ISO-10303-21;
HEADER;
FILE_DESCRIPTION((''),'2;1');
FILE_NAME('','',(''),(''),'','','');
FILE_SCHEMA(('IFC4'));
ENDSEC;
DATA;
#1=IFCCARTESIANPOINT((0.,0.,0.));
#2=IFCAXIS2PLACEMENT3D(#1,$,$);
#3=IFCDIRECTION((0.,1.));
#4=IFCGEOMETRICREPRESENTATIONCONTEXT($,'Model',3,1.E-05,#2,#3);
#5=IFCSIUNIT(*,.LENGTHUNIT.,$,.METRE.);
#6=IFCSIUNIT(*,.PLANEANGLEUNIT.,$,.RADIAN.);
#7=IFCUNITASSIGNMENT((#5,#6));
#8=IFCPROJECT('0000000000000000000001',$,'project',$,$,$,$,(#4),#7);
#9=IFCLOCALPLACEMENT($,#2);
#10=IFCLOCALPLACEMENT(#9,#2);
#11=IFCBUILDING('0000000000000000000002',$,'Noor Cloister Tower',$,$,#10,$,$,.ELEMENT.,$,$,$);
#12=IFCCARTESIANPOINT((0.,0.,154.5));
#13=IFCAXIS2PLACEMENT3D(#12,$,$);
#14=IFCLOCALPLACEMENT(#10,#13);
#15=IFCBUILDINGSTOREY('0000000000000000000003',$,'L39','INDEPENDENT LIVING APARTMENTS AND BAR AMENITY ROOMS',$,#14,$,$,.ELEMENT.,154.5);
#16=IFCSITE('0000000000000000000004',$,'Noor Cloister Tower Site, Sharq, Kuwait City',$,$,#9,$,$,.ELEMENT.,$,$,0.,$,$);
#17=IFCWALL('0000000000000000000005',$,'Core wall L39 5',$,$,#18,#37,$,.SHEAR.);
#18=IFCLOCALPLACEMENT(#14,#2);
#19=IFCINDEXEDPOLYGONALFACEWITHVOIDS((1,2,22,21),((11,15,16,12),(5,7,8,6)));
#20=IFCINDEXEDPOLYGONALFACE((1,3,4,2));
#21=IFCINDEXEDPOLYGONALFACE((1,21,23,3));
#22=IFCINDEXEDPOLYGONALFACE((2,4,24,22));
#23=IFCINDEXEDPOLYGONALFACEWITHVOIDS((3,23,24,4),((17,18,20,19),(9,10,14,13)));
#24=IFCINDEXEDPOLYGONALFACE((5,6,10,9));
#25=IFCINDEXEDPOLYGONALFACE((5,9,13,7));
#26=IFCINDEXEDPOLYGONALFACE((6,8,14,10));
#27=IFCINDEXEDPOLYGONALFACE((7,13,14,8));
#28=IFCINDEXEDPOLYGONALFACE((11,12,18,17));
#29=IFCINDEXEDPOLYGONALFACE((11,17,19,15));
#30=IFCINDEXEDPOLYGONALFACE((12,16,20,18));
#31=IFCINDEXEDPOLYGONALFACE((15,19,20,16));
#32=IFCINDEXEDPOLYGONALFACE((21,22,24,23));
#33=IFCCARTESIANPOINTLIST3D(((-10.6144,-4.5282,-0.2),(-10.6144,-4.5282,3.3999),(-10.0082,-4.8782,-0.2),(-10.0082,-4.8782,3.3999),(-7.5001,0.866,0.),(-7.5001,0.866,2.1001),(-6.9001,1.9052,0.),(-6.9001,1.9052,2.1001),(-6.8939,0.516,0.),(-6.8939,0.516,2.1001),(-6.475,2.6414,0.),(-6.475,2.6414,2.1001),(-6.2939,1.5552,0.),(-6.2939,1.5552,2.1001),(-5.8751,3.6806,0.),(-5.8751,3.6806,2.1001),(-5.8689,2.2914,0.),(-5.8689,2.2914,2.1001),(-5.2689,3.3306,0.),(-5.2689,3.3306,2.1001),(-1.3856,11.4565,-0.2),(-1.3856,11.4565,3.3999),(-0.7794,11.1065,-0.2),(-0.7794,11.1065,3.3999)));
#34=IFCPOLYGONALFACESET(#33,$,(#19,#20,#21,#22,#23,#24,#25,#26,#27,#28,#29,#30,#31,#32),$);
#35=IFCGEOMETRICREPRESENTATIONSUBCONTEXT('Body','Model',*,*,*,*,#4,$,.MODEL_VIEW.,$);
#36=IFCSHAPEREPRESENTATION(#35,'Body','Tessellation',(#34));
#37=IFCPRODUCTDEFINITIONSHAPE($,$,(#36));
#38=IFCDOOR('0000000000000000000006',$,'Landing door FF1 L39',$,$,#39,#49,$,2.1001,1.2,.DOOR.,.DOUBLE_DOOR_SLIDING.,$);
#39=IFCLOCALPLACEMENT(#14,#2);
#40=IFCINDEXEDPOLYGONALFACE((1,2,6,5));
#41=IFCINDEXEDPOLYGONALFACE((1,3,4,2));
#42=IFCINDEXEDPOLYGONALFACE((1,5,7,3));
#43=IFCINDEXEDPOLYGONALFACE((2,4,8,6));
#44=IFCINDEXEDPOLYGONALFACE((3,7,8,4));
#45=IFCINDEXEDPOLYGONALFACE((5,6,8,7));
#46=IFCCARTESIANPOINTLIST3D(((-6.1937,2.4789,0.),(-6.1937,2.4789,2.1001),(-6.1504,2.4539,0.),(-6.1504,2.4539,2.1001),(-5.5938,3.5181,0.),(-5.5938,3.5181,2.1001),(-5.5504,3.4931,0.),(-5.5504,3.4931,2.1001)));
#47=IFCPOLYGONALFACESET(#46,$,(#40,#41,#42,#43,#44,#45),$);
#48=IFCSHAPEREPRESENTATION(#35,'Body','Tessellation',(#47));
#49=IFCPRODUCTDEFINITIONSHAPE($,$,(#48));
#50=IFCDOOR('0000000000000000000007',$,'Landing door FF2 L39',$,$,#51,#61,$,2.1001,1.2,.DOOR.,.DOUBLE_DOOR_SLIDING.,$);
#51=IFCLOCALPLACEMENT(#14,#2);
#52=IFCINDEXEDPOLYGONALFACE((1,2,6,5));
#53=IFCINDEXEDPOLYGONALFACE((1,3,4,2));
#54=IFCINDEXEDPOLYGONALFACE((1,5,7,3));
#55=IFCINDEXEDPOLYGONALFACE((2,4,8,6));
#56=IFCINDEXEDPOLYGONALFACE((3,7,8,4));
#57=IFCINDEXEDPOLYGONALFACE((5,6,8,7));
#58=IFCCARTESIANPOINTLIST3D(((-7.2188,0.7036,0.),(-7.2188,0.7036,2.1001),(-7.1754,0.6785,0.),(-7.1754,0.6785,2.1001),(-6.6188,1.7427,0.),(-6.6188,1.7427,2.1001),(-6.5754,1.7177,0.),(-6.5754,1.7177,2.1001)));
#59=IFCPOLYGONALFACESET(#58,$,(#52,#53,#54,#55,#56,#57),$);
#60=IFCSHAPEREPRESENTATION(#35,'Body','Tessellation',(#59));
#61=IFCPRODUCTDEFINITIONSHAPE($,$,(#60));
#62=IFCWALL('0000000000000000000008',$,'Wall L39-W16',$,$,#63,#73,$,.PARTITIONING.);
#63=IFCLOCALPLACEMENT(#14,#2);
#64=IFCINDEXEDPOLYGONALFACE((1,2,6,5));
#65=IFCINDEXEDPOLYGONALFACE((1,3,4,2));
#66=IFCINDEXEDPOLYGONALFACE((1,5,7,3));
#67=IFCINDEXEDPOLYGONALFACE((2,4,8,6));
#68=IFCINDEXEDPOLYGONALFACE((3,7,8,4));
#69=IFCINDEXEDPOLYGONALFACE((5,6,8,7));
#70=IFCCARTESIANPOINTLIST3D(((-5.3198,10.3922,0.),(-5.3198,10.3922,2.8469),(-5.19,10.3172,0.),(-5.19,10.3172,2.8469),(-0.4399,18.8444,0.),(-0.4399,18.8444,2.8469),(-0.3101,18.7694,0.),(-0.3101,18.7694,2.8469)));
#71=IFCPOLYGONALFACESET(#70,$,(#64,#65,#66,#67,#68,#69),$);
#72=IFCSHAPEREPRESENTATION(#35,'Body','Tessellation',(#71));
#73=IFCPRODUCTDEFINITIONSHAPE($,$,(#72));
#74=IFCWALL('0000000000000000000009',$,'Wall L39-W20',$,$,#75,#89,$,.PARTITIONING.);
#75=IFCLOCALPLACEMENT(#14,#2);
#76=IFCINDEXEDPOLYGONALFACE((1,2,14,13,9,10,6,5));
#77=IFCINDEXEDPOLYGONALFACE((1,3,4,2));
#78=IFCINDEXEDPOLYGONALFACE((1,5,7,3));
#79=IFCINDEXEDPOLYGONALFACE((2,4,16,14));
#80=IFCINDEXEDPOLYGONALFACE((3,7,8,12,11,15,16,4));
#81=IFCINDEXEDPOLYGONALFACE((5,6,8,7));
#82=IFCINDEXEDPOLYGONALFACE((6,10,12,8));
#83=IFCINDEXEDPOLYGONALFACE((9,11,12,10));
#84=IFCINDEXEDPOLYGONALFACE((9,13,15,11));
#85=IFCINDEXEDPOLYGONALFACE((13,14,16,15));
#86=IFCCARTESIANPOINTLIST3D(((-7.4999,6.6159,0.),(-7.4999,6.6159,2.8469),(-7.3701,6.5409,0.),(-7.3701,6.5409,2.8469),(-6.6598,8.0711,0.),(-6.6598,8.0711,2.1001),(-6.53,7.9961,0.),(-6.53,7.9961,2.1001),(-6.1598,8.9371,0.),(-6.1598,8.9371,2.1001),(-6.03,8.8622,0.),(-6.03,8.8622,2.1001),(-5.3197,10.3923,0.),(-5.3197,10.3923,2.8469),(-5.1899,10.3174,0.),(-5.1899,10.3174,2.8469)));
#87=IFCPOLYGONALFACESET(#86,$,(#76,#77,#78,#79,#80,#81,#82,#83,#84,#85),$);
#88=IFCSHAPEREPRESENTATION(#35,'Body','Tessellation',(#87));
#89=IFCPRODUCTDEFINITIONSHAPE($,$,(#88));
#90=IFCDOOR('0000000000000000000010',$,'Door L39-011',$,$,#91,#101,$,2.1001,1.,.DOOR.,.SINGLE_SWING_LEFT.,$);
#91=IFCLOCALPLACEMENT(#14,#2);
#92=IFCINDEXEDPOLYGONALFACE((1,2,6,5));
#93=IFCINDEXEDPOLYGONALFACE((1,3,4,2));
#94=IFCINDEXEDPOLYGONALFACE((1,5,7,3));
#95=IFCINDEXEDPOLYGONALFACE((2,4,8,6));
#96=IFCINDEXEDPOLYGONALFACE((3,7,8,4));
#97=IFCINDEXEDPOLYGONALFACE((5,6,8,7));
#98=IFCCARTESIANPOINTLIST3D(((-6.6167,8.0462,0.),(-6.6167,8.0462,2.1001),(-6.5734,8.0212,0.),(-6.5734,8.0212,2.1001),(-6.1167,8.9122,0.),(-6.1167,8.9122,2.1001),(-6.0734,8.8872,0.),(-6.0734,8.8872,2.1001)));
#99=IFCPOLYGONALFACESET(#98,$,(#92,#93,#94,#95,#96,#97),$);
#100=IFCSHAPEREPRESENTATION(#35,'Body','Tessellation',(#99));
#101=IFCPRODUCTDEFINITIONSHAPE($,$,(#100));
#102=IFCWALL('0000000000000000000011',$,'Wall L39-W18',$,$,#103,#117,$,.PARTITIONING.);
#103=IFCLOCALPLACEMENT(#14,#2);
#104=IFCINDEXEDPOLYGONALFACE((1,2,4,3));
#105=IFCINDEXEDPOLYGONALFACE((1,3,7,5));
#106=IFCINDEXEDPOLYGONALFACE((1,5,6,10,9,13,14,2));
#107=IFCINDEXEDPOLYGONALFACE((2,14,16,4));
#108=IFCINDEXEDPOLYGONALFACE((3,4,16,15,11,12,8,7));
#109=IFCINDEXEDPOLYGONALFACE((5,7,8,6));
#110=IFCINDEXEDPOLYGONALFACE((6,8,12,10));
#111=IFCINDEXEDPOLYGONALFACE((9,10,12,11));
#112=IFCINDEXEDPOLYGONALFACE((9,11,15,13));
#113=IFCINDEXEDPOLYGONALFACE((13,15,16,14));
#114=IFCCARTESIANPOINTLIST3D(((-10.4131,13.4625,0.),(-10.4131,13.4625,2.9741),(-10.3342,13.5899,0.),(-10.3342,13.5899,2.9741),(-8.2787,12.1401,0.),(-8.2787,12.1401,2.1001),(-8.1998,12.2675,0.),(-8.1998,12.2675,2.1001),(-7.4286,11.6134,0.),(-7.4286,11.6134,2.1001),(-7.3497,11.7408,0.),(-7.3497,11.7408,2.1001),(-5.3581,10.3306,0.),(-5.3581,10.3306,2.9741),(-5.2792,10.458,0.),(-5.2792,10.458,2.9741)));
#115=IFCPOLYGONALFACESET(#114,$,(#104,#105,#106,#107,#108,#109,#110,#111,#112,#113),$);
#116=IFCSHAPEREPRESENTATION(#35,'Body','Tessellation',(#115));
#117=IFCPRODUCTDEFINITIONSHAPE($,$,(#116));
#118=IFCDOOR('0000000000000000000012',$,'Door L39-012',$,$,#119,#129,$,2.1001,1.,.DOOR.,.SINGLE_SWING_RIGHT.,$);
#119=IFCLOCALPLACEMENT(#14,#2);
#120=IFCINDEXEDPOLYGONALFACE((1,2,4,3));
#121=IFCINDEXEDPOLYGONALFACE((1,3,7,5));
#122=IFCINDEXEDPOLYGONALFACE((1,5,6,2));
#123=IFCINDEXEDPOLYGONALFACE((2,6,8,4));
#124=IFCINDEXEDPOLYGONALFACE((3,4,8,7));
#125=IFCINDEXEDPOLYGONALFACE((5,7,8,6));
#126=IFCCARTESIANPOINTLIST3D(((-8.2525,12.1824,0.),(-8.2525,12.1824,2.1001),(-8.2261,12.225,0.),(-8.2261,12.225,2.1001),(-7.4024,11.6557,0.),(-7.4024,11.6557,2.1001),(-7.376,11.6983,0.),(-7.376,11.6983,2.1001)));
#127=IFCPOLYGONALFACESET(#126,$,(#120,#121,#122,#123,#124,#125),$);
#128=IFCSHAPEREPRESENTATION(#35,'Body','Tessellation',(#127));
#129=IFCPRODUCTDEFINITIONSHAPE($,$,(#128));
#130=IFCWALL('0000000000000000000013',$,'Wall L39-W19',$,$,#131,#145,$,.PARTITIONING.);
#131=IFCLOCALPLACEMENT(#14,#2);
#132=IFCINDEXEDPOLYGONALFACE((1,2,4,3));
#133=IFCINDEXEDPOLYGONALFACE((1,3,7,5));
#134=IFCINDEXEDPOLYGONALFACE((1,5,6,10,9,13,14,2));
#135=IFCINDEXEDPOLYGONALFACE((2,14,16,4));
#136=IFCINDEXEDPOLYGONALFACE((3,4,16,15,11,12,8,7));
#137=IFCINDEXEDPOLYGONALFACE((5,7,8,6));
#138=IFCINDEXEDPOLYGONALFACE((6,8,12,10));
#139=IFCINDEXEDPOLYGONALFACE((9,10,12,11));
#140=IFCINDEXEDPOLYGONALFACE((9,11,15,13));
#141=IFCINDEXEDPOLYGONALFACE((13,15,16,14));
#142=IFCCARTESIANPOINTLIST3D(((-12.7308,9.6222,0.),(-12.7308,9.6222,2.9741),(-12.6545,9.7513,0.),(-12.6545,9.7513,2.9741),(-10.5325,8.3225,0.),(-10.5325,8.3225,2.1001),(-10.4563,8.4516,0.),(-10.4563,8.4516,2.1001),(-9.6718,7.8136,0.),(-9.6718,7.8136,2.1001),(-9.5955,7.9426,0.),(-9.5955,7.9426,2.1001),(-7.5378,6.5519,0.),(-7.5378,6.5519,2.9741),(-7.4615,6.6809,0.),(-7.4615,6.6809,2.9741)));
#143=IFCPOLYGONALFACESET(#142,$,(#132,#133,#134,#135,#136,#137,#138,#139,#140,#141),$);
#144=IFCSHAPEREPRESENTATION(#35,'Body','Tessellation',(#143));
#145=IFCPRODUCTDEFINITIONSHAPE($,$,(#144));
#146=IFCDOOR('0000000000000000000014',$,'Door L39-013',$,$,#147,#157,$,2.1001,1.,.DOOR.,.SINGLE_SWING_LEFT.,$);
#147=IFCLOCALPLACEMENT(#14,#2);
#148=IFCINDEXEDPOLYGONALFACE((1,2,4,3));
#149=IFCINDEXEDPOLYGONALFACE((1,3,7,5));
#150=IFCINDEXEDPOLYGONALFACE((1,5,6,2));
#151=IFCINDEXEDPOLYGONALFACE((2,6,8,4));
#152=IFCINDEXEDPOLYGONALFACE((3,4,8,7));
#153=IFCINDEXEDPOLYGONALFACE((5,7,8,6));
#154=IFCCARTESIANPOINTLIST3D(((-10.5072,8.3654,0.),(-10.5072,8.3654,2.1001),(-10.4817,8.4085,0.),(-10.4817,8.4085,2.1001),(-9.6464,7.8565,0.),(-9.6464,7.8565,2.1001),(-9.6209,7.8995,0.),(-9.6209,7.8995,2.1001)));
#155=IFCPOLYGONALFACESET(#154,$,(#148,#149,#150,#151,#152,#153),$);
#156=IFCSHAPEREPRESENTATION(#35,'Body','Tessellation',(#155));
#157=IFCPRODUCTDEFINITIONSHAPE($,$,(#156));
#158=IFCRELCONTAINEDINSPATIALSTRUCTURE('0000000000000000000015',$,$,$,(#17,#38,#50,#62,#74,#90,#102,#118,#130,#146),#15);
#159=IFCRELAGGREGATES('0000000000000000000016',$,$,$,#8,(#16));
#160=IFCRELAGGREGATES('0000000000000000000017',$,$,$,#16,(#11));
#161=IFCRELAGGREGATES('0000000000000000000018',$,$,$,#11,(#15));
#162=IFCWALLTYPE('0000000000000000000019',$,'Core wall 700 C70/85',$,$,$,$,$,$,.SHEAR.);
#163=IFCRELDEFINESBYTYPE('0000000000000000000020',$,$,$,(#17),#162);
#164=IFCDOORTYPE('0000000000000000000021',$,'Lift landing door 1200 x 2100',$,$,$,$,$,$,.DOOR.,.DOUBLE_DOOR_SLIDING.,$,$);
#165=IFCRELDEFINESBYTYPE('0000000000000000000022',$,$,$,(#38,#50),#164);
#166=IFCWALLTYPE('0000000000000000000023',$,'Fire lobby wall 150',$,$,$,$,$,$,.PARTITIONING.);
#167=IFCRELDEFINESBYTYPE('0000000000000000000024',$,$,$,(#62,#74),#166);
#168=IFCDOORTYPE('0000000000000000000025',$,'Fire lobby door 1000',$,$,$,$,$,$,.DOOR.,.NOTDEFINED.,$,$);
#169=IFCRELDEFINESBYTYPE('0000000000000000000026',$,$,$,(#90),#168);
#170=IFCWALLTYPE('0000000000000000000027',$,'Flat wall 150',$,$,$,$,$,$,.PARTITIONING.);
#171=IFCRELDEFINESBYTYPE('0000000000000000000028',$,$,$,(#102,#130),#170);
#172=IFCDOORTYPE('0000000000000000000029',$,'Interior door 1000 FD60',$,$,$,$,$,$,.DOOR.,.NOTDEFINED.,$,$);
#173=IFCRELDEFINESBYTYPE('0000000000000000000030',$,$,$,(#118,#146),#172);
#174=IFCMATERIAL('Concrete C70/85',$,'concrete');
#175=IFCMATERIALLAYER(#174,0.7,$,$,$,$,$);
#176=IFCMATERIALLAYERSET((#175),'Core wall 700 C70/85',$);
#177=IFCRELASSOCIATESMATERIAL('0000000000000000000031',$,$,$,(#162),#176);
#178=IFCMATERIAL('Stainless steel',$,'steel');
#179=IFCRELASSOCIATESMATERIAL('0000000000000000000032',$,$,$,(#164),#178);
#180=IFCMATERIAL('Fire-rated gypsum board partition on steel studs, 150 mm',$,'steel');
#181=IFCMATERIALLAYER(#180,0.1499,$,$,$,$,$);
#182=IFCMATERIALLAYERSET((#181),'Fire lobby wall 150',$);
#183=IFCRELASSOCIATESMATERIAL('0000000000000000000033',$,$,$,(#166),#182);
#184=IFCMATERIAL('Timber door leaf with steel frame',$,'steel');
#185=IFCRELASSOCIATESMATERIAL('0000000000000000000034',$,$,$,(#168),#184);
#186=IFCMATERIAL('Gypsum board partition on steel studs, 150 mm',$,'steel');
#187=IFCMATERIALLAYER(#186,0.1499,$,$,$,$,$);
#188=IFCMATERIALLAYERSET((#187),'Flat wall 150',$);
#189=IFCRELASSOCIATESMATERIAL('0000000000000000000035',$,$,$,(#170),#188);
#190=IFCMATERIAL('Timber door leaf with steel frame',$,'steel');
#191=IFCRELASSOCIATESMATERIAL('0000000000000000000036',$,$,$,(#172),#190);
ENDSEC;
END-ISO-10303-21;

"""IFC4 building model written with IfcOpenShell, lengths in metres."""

from ifc_helpers import new_model, si_unit, direction, frame, frame_2d, origin, place, context, subcontext, project, spatial, rectangle, extrude, material, layer, layer_set, type_object, element, fill, save


model = new_model("IFC4")

# Units and contexts
model_context = context("Model", 3, precision=1e-05, world=origin(), true_north=direction((0.0, 1.0)))
body_context = subcontext(model_context, "Body", "Model", "MODEL_VIEW")
ifc_project = project(units=[si_unit("LENGTHUNIT", "METRE"), si_unit("PLANEANGLEUNIT", "RADIAN")], contexts=[model_context])

# Site, building, storey
site_placement = place(None, origin())
site = spatial("IfcSite", under=ifc_project, at=site_placement, Name="Noor Cloister Tower Site, Sharq, Kuwait City", CompositionType="ELEMENT", RefElevation=0.0)
building_placement = place(site_placement, origin())
building = spatial("IfcBuilding", under=site, at=building_placement, Name="Noor Cloister Tower", CompositionType="ELEMENT")
storey_placement = place(building_placement, frame((0.0, 0.0, 154.5)))
storey = spatial("IfcBuildingStorey", under=building, at=storey_placement, Name="L39", Description="INDEPENDENT LIVING APARTMENTS AND BAR AMENITY ROOMS", CompositionType="ELEMENT", Elevation=154.5)

# Wall, openings, doors
ifc_material_1 = material(Name="Concrete C70/85", Category="concrete")
ifc_layer_1 = layer(ifc_material_1, 0.7)
ifc_layer_set_1 = layer_set([ifc_layer_1], Name="Core wall 700 C70/85")
wall_type_1 = type_object("IfcWallType", Name="Core wall 700 C70/85", PredefinedType="SHEAR", material=ifc_layer_set_1)
wall_1_placement = place(storey_placement, frame((-1.0825, 11.2815, -0.2), z_axis=(0.0, 0.0, 1.0), x_axis=(-0.500001, -0.866025, 0.0)))
wall_1 = element("IfcWall", 1, at=wall_1_placement, inside=storey, type_object=wall_type_1, Name="Core wall L39 5", PredefinedType="SHEAR", context=body_context, shape_type="SweptSolid", body=[
    extrude(rectangle(XDim=18.4575, YDim=0.7, at=frame_2d((9.2288, 0.0))), origin(), (0.0, 0.0, 1.0), 3.5999),
])
opening_1_placement = place(wall_1_placement, frame((8.9788, 0.0, 0.2)))
opening_1 = element("IfcOpeningElement", 2, at=opening_1_placement, cuts=wall_1, PredefinedType="OPENING", context=body_context, shape_type="SweptSolid", body=[
    extrude(rectangle(XDim=1.2, YDim=2.1001, at=frame_2d((0.6001, 1.05))), frame((0.0, 0.3599, 0.0), z_axis=(0.0, -1.0, 0.0), x_axis=(1.0, 0.0, 0.0)), (0.0, 0.0, 1.0), 0.72),
])
opening_2_placement = place(wall_1_placement, frame((11.0288, 0.0, 0.2)))
opening_2 = element("IfcOpeningElement", 3, at=opening_2_placement, cuts=wall_1, PredefinedType="OPENING", context=body_context, shape_type="SweptSolid", body=[
    extrude(rectangle(XDim=1.2, YDim=2.1001, at=frame_2d((0.6001, 1.05))), frame((0.0, 0.3599, 0.0), z_axis=(0.0, -1.0, 0.0), x_axis=(1.0, 0.0, 0.0)), (0.0, 0.0, 1.0), 0.72),
])
ifc_material_2 = material(Name="Stainless steel", Category="steel")
door_type_1 = type_object("IfcDoorType", Name="Lift landing door 1200 x 2100", OperationType="DOUBLE_DOOR_SLIDING", PredefinedType="DOOR", material=ifc_material_2)
door_1_placement = place(opening_1_placement, origin())
door_1 = element("IfcDoor", 4, at=door_1_placement, inside=storey, type_object=door_type_1, Name="Landing door FF1 L39", OperationType="DOUBLE_DOOR_SLIDING", OverallHeight=2.1001, OverallWidth=1.2, PredefinedType="DOOR", context=body_context, shape_type="SweptSolid", body=[
    extrude(rectangle(XDim=1.2, YDim=2.1001, at=frame_2d((0.6001, 1.05))), frame((0.0, 0.0249, 0.0), z_axis=(0.0, -1.0, 0.0), x_axis=(1.0, 0.0, 0.0)), (0.0, 0.0, 1.0), 0.05),
])
fill(opening_1, door_1)
door_2_placement = place(opening_2_placement, origin())
door_2 = element("IfcDoor", 5, at=door_2_placement, inside=storey, type_object=door_type_1, Name="Landing door FF2 L39", OperationType="DOUBLE_DOOR_SLIDING", OverallHeight=2.1001, OverallWidth=1.2, PredefinedType="DOOR", context=body_context, shape_type="SweptSolid", body=[
    extrude(rectangle(XDim=1.2, YDim=2.1001, at=frame_2d((0.6001, 1.05))), frame((0.0, 0.0249, 0.0), z_axis=(0.0, -1.0, 0.0), x_axis=(1.0, 0.0, 0.0)), (0.0, 0.0, 1.0), 0.05),
])
fill(opening_2, door_2)

# Wall
ifc_material_3 = material(Name="Fire-rated gypsum board partition on steel studs, 150 mm", Category="steel")
ifc_layer_2 = layer(ifc_material_3, 0.1499)
ifc_layer_set_2 = layer_set([ifc_layer_2], Name="Fire lobby wall 150")
wall_type_2 = type_object("IfcWallType", Name="Fire lobby wall 150", PredefinedType="PARTITIONING", material=ifc_layer_set_2)
wall_2_placement = place(storey_placement, frame((-0.375, 18.8069, 0.0), z_axis=(0.0, 0.0, 1.0), x_axis=(-0.500003, -0.866024, 0.0)))
element("IfcWall", 6, at=wall_2_placement, inside=storey, type_object=wall_type_2, Name="Wall L39-W16", PredefinedType="PARTITIONING", context=body_context, shape_type="SweptSolid", body=[
    extrude(rectangle(XDim=9.7598, YDim=0.1499, at=frame_2d((4.8799, 0.0))), origin(), (0.0, 0.0, 1.0), 2.8469),
])

# Walls, openings, doors
wall_3_placement = place(storey_placement, frame((-5.2549, 10.3547, 0.0), z_axis=(0.0, 0.0, 1.0), x_axis=(-0.499981, -0.866036, 0.0)))
wall_3 = element("IfcWall", 7, at=wall_3_placement, inside=storey, type_object=wall_type_2, Name="Wall L39-W20", PredefinedType="PARTITIONING", context=body_context, shape_type="SweptSolid", body=[
    extrude(rectangle(XDim=4.3606, YDim=0.1499, at=frame_2d((2.1802, 0.0))), origin(), (0.0, 0.0, 1.0), 2.8469),
])
opening_3_placement = place(wall_3_placement, frame((1.6802, 0.0, 0.0)))
opening_3 = element("IfcOpeningElement", 8, at=opening_3_placement, cuts=wall_3, PredefinedType="OPENING", context=body_context, shape_type="SweptSolid", body=[
    extrude(rectangle(XDim=1.0, YDim=2.1001, at=frame_2d((0.5, 1.05))), frame((0.0, 0.085, 0.0), z_axis=(0.0, -1.0, 0.0), x_axis=(1.0, 0.0, 0.0)), (0.0, 0.0, 1.0), 0.1699),
])
ifc_material_4 = material(Name="Timber door leaf with steel frame", Category="steel")
door_type_2 = type_object("IfcDoorType", Name="Fire lobby door 1000", OperationType="NOTDEFINED", PredefinedType="DOOR", material=ifc_material_4)
door_3_placement = place(opening_3_placement, origin())
door_3 = element("IfcDoor", 9, at=door_3_placement, inside=storey, type_object=door_type_2, Name="Door L39-011", OperationType="SINGLE_SWING_LEFT", OverallHeight=2.1001, OverallWidth=1.0, PredefinedType="DOOR", context=body_context, shape_type="SweptSolid", body=[
    extrude(rectangle(XDim=1.0, YDim=2.1001, at=frame_2d((0.5, 1.05))), frame((0.0, 0.0249, 0.0), z_axis=(0.0, -1.0, 0.0), x_axis=(1.0, 0.0, 0.0)), (0.0, 0.0, 1.0), 0.05),
])
fill(opening_3, door_3)
ifc_material_5 = material(Name="Gypsum board partition on steel studs, 150 mm", Category="steel")
ifc_layer_3 = layer(ifc_material_5, 0.1499)
ifc_layer_set_3 = layer_set([ifc_layer_3], Name="Flat wall 150")
wall_type_3 = type_object("IfcWallType", Name="Flat wall 150", PredefinedType="PARTITIONING", material=ifc_layer_set_3)
wall_4_placement = place(storey_placement, frame((-10.3735, 13.5261, 0.0), z_axis=(0.0, 0.0, 1.0), x_axis=(0.85007, -0.52667, 0.0)))
wall_4 = element("IfcWall", 10, at=wall_4_placement, inside=storey, type_object=wall_type_3, Name="Wall L39-W18", PredefinedType="PARTITIONING", context=body_context, shape_type="SweptSolid", body=[
    extrude(rectangle(XDim=5.9465, YDim=0.1499, at=frame_2d((2.9731, 0.0))), origin(), (0.0, 0.0, 1.0), 2.9741),
])
opening_4_placement = place(wall_4_placement, frame((2.5107, 0.0, 0.0)))
opening_4 = element("IfcOpeningElement", 11, at=opening_4_placement, cuts=wall_4, PredefinedType="OPENING", context=body_context, shape_type="SweptSolid", body=[
    extrude(rectangle(XDim=1.0, YDim=2.1001, at=frame_2d((0.5, 1.05))), frame((0.0, 0.085, 0.0), z_axis=(0.0, -1.0, 0.0), x_axis=(1.0, 0.0, 0.0)), (0.0, 0.0, 1.0), 0.1699),
])
ifc_material_6 = material(Name="Timber door leaf with steel frame", Category="steel")
door_type_3 = type_object("IfcDoorType", Name="Interior door 1000 FD60", OperationType="NOTDEFINED", PredefinedType="DOOR", material=ifc_material_6)
door_4_placement = place(opening_4_placement, origin())
door_4 = element("IfcDoor", 12, at=door_4_placement, inside=storey, type_object=door_type_3, Name="Door L39-012", OperationType="SINGLE_SWING_RIGHT", OverallHeight=2.1001, OverallWidth=1.0, PredefinedType="DOOR", context=body_context, shape_type="SweptSolid", body=[
    extrude(rectangle(XDim=1.0, YDim=2.1001, at=frame_2d((0.5, 1.05))), frame((0.0, 0.0249, 0.0), z_axis=(0.0, -1.0, 0.0), x_axis=(1.0, 0.0, 0.0)), (0.0, 0.0, 1.0), 0.05),
])
fill(opening_4, door_4)
wall_5_placement = place(storey_placement, frame((-12.6926, 9.6868, 0.0), z_axis=(0.0, 0.0, 1.0), x_axis=(0.860796, -0.50895, 0.0)))
wall_5 = element("IfcWall", 13, at=wall_5_placement, inside=storey, type_object=wall_type_3, Name="Wall L39-W19", PredefinedType="PARTITIONING", context=body_context, shape_type="SweptSolid", body=[
    extrude(rectangle(XDim=6.0327, YDim=0.1499, at=frame_2d((3.0164, 0.0))), origin(), (0.0, 0.0, 1.0), 2.9741),
])
opening_5_placement = place(wall_5_placement, frame((2.5537, 0.0, 0.0)))
opening_5 = element("IfcOpeningElement", 14, at=opening_5_placement, cuts=wall_5, PredefinedType="OPENING", context=body_context, shape_type="SweptSolid", body=[
    extrude(rectangle(XDim=1.0, YDim=2.1001, at=frame_2d((0.5, 1.05))), frame((0.0, 0.085, 0.0), z_axis=(0.0, -1.0, 0.0), x_axis=(1.0, 0.0, 0.0)), (0.0, 0.0, 1.0), 0.1699),
])
door_5_placement = place(opening_5_placement, origin())
door_5 = element("IfcDoor", 15, at=door_5_placement, inside=storey, type_object=door_type_3, Name="Door L39-013", OperationType="SINGLE_SWING_LEFT", OverallHeight=2.1001, OverallWidth=1.0, PredefinedType="DOOR", context=body_context, shape_type="SweptSolid", body=[
    extrude(rectangle(XDim=1.0, YDim=2.1001, at=frame_2d((0.5, 1.05))), frame((0.0, 0.0249, 0.0), z_axis=(0.0, -1.0, 0.0), x_axis=(1.0, 0.0, 0.0)), (0.0, 0.0, 1.0), 0.05),
])
fill(opening_5, door_5)

save(model, "model.ifc")
